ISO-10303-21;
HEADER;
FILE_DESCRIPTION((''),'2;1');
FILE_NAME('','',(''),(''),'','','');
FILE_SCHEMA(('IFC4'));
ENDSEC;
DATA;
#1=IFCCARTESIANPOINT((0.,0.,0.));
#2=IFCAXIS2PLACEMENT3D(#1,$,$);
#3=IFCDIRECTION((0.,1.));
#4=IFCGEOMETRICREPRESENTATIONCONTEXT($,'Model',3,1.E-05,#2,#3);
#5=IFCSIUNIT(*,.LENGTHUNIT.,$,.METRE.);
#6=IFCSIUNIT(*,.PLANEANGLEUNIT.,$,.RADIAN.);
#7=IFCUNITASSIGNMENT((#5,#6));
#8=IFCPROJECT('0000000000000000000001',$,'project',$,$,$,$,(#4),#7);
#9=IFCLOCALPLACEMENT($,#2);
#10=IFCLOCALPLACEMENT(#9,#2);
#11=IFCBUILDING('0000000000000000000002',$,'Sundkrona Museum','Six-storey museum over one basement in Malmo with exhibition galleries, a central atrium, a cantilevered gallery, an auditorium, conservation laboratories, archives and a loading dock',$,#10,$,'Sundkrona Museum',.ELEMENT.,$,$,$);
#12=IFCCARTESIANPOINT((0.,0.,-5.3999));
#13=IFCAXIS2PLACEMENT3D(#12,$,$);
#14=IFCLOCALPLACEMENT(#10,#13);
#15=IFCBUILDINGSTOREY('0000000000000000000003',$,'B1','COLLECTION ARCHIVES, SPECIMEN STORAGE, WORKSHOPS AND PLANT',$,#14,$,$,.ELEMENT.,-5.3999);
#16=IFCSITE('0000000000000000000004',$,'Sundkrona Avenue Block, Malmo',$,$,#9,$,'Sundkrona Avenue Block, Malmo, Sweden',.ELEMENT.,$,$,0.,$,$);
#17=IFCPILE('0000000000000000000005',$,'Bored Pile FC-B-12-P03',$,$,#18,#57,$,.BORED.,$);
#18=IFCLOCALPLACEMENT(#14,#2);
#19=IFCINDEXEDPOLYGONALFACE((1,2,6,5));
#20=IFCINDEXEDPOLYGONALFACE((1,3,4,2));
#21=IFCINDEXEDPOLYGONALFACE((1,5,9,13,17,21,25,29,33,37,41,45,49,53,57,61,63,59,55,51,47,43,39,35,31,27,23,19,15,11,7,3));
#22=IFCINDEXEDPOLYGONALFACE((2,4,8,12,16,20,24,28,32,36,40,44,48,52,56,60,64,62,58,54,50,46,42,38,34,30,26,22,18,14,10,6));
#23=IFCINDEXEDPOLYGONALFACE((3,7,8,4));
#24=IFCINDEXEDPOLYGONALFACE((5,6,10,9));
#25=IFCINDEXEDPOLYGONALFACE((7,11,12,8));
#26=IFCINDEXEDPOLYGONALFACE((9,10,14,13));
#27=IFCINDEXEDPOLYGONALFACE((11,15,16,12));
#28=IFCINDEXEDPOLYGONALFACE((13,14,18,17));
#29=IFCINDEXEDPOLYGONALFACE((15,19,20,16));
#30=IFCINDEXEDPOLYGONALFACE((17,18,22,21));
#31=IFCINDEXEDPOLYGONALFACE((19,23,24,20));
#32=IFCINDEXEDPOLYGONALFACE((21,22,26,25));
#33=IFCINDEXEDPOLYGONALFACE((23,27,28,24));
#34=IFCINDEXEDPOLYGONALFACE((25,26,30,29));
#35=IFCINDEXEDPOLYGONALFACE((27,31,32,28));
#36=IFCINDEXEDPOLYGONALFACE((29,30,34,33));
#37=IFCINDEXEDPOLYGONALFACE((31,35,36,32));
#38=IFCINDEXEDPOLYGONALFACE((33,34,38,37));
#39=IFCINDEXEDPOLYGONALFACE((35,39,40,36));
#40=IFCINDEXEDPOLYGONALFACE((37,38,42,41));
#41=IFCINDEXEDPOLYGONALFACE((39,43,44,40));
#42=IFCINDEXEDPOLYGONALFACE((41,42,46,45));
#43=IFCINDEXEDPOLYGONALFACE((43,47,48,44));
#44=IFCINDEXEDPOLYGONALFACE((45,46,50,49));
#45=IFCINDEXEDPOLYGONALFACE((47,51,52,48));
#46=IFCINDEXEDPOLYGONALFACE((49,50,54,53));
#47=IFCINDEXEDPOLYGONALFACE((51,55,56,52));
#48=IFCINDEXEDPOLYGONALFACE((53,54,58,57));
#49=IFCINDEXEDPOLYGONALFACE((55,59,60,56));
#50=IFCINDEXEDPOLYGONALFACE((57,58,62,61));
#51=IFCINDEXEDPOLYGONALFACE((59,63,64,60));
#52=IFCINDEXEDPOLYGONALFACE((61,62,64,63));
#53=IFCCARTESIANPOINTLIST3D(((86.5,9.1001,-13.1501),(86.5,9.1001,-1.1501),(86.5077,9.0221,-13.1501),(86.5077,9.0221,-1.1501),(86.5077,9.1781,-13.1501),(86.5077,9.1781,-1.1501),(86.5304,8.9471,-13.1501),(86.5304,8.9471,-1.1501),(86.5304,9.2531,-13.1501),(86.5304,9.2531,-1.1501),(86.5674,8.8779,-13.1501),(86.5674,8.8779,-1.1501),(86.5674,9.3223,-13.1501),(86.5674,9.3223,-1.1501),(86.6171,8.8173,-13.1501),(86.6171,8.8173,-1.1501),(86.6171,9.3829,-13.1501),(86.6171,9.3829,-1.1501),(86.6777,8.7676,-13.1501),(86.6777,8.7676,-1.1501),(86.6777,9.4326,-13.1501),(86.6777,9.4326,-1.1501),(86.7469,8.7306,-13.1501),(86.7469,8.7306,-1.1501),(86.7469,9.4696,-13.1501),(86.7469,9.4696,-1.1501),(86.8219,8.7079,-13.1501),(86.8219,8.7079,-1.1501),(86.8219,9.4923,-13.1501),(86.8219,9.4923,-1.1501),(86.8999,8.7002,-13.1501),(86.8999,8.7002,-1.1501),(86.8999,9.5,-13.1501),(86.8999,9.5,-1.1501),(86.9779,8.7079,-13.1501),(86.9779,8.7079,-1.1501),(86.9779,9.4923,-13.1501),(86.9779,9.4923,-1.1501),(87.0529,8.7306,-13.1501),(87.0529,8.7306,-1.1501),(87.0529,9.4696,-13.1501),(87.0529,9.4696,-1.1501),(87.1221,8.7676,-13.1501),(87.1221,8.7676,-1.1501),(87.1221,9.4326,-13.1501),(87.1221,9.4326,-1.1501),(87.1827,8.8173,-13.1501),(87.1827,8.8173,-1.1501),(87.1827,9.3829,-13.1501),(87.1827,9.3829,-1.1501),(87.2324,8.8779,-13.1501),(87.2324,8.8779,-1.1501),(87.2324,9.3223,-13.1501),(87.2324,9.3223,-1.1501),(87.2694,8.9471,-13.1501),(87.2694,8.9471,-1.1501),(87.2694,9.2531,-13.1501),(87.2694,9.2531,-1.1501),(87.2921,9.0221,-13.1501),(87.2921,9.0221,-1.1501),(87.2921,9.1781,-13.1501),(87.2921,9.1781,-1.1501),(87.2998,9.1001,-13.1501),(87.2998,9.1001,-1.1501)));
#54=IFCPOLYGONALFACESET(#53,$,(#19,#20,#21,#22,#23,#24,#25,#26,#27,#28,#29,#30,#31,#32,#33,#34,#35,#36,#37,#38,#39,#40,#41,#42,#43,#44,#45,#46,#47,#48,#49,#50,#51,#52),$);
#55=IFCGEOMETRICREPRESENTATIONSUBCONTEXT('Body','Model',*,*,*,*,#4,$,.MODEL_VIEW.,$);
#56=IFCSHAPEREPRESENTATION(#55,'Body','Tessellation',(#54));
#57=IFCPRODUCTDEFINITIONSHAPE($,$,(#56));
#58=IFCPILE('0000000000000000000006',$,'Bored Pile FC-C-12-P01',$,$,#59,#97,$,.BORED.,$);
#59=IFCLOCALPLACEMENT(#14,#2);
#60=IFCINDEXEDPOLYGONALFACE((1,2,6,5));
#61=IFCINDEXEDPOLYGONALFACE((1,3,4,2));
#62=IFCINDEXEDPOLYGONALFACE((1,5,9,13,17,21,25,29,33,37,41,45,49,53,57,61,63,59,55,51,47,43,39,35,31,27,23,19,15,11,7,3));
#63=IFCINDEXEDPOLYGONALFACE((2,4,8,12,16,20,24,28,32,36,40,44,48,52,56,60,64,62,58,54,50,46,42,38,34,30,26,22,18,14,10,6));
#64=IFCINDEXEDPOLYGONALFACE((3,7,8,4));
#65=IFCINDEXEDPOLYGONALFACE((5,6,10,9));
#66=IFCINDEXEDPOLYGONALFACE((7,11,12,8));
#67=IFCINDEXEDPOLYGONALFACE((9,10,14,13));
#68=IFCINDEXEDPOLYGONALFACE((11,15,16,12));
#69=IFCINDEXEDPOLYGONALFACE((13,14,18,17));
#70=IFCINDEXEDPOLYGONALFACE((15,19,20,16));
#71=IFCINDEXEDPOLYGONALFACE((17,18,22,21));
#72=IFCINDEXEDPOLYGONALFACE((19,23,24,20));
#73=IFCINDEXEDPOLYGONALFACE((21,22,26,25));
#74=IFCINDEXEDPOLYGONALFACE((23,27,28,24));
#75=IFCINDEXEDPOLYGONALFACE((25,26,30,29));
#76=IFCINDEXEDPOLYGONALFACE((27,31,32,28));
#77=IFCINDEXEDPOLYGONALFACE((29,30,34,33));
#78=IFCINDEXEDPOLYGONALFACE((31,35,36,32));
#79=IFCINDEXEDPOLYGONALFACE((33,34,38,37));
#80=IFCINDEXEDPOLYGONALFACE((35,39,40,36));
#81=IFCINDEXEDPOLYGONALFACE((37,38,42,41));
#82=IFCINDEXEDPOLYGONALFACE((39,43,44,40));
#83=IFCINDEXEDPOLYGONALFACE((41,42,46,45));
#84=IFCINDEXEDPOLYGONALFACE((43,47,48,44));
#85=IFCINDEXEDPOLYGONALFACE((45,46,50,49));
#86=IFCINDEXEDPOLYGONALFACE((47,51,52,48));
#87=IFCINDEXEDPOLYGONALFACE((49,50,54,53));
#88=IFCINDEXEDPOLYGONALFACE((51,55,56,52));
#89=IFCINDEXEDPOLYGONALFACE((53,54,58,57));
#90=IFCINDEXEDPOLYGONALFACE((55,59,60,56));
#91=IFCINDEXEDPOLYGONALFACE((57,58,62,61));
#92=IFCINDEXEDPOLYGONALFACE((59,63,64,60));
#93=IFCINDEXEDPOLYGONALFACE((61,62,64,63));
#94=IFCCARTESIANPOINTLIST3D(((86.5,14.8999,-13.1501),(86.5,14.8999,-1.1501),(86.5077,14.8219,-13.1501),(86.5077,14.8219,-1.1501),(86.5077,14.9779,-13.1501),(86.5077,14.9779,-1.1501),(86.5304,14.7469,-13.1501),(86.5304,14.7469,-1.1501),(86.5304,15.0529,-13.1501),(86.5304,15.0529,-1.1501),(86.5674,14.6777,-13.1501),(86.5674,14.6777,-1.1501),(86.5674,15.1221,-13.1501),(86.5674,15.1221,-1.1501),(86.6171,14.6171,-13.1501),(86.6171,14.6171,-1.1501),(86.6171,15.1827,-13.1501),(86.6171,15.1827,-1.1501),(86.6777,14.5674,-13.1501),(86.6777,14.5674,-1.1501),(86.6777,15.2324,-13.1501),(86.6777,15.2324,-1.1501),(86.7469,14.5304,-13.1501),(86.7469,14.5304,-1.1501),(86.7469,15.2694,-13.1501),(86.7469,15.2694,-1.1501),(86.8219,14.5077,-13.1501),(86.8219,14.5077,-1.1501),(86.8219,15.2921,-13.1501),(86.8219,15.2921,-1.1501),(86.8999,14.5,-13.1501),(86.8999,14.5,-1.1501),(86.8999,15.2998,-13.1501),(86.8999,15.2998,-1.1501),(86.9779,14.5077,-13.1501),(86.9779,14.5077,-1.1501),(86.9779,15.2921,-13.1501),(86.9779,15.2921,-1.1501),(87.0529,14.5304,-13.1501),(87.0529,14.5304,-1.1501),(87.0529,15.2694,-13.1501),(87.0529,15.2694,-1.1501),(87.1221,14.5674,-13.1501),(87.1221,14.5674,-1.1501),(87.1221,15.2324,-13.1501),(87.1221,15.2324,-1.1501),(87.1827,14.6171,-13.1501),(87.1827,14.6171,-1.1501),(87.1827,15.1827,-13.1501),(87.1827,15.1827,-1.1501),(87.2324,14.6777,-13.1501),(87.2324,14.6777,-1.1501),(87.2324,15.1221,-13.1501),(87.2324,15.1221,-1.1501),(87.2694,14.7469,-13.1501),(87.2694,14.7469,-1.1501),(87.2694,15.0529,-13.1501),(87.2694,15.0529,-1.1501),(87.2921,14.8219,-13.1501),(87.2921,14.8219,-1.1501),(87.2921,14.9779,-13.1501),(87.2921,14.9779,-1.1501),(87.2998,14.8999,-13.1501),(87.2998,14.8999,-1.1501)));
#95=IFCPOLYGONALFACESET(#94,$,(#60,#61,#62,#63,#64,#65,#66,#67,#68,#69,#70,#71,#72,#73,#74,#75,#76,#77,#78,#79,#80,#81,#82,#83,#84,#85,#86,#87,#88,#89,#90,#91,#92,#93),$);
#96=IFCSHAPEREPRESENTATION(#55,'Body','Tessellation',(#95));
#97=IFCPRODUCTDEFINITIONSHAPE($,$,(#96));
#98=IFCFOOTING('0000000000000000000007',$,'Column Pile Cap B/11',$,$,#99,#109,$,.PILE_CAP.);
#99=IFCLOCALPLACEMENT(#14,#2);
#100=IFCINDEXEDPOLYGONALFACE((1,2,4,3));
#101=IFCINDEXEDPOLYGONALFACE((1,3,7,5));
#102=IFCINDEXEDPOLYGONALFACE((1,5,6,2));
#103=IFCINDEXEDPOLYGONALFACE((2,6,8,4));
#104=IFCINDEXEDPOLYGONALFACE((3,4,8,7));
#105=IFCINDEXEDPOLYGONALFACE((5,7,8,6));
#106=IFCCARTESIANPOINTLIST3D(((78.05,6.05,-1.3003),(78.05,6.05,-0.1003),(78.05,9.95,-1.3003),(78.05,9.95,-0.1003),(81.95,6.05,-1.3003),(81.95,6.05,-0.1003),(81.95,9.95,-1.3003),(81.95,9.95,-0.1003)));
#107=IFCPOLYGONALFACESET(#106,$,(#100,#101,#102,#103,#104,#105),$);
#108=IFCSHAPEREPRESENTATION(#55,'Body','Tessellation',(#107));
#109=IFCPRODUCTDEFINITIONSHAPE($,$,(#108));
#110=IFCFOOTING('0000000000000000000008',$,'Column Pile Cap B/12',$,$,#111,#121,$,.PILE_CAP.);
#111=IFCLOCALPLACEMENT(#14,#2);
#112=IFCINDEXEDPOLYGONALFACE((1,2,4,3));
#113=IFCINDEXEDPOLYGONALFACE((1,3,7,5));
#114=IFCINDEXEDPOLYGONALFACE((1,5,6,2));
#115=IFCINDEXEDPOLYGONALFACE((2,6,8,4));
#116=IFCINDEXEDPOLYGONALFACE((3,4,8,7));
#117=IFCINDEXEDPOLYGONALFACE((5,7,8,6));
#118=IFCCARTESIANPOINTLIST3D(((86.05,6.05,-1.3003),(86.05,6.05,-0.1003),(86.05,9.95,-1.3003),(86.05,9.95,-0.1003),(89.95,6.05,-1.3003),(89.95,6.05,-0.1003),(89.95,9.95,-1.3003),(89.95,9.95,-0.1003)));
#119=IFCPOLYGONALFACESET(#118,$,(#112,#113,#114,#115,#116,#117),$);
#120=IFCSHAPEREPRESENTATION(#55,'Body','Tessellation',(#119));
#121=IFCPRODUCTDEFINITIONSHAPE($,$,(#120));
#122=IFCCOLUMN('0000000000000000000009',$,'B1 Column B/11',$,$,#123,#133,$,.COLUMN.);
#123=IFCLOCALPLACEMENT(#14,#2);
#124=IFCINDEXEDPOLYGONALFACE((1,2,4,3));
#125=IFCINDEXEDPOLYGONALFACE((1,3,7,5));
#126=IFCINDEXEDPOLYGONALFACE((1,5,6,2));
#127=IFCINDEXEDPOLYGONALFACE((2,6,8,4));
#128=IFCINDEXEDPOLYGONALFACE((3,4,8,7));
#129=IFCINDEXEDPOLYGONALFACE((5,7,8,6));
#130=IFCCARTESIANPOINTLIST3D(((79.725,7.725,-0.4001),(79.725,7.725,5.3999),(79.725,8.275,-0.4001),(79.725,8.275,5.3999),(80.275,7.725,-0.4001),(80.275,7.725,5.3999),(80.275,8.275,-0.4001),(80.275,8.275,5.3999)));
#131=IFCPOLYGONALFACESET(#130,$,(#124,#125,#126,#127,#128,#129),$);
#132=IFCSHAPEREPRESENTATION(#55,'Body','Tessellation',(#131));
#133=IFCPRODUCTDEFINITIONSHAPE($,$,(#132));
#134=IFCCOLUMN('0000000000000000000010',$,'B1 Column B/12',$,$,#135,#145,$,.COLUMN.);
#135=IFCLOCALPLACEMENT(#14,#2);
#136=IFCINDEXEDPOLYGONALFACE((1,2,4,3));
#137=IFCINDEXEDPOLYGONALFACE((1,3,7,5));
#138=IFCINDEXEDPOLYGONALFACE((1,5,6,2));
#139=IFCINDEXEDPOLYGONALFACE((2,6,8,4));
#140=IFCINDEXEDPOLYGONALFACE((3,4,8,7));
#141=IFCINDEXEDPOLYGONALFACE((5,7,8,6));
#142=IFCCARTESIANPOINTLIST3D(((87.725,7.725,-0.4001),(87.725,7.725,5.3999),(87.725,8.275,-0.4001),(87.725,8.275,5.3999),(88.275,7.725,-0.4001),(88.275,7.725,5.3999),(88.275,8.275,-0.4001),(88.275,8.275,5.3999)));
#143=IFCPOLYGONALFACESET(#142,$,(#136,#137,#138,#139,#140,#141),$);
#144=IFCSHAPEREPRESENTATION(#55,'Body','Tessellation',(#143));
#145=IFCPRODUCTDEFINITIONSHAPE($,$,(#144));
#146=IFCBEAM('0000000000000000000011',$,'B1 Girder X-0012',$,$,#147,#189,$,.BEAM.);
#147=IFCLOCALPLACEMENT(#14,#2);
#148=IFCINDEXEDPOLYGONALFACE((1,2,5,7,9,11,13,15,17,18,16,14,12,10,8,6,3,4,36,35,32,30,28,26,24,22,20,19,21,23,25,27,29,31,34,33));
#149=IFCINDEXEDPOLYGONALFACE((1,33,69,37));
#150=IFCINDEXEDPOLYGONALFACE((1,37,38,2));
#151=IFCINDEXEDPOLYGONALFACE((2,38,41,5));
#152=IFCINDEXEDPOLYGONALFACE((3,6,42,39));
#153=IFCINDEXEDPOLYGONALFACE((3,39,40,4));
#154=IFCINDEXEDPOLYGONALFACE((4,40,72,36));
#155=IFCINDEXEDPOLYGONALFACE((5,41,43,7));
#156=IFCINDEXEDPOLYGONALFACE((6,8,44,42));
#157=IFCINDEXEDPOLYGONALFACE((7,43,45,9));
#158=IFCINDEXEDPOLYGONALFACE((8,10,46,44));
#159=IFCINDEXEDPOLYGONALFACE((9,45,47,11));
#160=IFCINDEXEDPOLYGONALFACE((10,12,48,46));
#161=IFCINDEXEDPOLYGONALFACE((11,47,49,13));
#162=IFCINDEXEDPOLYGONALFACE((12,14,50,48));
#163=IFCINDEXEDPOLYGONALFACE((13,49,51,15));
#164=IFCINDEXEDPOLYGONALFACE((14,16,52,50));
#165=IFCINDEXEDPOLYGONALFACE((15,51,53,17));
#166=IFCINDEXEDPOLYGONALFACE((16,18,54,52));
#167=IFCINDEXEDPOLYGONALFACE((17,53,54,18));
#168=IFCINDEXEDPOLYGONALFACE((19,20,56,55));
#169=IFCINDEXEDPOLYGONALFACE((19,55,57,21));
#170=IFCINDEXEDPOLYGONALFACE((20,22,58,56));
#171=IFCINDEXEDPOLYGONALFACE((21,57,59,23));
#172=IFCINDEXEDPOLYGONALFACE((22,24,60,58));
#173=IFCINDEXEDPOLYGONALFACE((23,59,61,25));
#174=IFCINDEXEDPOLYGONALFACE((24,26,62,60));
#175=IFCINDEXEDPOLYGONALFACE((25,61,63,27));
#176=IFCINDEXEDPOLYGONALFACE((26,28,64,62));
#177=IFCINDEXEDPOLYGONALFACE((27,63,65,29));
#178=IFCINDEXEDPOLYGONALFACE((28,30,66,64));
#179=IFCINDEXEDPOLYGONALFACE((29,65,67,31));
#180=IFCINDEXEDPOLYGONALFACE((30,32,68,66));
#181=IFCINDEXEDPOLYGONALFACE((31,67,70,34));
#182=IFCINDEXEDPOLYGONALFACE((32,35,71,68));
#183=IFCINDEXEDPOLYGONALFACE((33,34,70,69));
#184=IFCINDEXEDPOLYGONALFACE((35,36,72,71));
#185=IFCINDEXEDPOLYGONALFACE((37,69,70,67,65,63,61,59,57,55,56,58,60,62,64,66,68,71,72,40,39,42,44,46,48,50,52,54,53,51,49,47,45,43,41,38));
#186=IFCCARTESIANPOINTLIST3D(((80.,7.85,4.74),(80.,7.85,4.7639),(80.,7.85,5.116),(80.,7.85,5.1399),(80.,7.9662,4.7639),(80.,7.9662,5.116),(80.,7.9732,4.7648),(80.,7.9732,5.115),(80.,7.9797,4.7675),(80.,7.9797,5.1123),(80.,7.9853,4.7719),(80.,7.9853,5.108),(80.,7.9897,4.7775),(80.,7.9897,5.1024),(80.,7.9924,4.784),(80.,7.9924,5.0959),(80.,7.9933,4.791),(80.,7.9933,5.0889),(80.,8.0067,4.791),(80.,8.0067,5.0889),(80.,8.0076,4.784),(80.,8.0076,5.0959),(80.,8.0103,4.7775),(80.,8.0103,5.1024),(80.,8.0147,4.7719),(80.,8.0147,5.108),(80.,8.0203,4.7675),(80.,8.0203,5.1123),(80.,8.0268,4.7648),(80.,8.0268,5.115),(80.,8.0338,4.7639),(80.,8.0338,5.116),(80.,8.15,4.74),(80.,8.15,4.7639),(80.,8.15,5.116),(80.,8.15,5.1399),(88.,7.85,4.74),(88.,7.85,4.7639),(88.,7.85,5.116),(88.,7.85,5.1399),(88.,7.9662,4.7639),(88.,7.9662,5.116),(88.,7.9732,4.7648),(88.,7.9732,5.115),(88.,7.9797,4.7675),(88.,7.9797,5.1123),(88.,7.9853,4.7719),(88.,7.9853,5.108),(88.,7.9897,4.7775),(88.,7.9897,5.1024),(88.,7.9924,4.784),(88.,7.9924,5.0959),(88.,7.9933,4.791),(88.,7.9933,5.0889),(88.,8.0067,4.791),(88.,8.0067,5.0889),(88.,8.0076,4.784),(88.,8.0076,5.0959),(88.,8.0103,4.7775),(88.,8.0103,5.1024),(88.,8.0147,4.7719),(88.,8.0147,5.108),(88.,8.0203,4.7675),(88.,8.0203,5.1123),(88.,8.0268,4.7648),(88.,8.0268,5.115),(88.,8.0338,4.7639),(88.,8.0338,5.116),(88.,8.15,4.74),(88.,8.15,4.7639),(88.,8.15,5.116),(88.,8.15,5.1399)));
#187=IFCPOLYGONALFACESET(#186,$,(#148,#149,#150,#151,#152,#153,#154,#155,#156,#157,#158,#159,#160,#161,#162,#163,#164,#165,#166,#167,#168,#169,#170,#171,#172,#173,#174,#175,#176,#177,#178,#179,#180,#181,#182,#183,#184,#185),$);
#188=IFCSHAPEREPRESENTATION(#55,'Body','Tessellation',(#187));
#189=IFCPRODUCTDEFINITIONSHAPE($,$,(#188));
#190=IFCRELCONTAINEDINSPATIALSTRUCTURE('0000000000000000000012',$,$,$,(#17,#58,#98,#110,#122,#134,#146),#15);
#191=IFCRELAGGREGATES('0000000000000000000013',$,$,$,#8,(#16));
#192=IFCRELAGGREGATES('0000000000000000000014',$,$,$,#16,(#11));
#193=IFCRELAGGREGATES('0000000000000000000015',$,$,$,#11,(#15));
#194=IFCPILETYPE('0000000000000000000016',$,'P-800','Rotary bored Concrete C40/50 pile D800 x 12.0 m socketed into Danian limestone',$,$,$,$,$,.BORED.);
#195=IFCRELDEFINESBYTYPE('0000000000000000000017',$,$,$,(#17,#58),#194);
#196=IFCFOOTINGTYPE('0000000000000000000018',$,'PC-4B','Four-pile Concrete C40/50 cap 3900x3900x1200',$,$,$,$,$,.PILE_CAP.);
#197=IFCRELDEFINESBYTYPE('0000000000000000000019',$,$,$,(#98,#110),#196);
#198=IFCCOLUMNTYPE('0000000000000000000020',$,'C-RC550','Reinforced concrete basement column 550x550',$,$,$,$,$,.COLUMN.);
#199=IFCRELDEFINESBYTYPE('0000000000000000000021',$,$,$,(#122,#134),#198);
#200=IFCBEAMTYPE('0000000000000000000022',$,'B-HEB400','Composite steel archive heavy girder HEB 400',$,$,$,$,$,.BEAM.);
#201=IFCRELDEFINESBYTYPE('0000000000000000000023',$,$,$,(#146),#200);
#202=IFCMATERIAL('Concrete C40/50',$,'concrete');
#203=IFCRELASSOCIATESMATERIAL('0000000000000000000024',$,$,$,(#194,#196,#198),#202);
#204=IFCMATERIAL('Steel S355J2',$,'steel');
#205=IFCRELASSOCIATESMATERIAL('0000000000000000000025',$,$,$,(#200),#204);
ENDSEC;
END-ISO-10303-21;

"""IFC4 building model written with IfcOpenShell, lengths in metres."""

from ifc_helpers import new_model, si_unit, direction, frame, origin, origin_2d, place, context, subcontext, project, spatial, rectangle, circle, i_section, extrude, material, material_profile, profile_set, type_object, element, save


model = new_model("IFC4")

# Units and contexts
model_context = context("Model", 3, precision=1e-05, world=origin(), true_north=direction((0.0, 1.0)))
body_context = subcontext(model_context, "Body", "Model", "MODEL_VIEW")
ifc_project = project(units=[si_unit("LENGTHUNIT", "METRE"), si_unit("PLANEANGLEUNIT", "RADIAN")], contexts=[model_context])

# Site, building, storey
site_placement = place(None, origin())
site = spatial("IfcSite", under=ifc_project, at=site_placement, Name="Sundkrona Avenue Block, Malmo", LongName="Sundkrona Avenue Block, Malmo, Sweden", CompositionType="ELEMENT", RefElevation=0.0)
building_placement = place(site_placement, origin())
building = spatial("IfcBuilding", under=site, at=building_placement, Name="Sundkrona Museum", Description="Six-storey museum over one basement in Malmo with exhibition galleries, a central atrium, a cantilevered gallery, an auditorium, conservation laboratories, archives and a loading dock", LongName="Sundkrona Museum", CompositionType="ELEMENT")
storey_placement = place(building_placement, frame((0.0, 0.0, -5.3999)))
storey = spatial("IfcBuildingStorey", under=building, at=storey_placement, Name="B1", Description="COLLECTION ARCHIVES, SPECIMEN STORAGE, WORKSHOPS AND PLANT", CompositionType="ELEMENT", Elevation=-5.3999)

# Shared definitions
ifc_material_1 = material(Name="Concrete C40/50", Category="concrete")

# Piles
ifc_material_profile_1 = material_profile(ifc_material_1, circle(Radius=0.3999, at=origin_2d()), Name="PILE D800")
ifc_profile_set_1 = profile_set([ifc_material_profile_1], Name="Concrete C40/50")
pile_type = type_object("IfcPileType", Name="P-800", Description="Rotary bored Concrete C40/50 pile D800 x 12.0 m socketed into Danian limestone", PredefinedType="BORED", material=ifc_profile_set_1)
for number, where, z_axis, x_axis, name in (
    (1, (86.8999, 9.1001, -1.1501), (0.0, 0.0, -1.0), (1.0, 0.0, 0.0), "Bored Pile FC-B-12-P03"),
    (2, (86.8999, 14.8999, -1.1501), (0.0, 0.0, -1.0), (1.0, 0.0, 0.0), "Bored Pile FC-C-12-P01"),
):
    element("IfcPile", number, at=place(storey_placement, frame(where, z_axis=z_axis, x_axis=x_axis)), inside=storey, type_object=pile_type, Name=name, PredefinedType="BORED", context=body_context, shape_type="SweptSolid", body=[
        extrude(circle(Radius=0.3999, at=origin_2d()), origin(), (0.0, 0.0, 1.0), 12.0),
    ])

# Footings
footing_type_1 = type_object("IfcFootingType", Name="PC-4B", Description="Four-pile Concrete C40/50 cap 3900x3900x1200", PredefinedType="PILE_CAP", material=ifc_material_1)
for number, where, z_axis, x_axis, name in (
    (3, (80.0, 8.0, -1.3003), (0.0, 0.0, 1.0), (1.0, 0.0, 0.0), "Column Pile Cap B/11"),
    (4, (88.0, 8.0, -1.3003), (0.0, 0.0, 1.0), (1.0, 0.0, 0.0), "Column Pile Cap B/12"),
):
    element("IfcFooting", number, at=place(storey_placement, frame(where, z_axis=z_axis, x_axis=x_axis)), inside=storey, type_object=footing_type_1, Name=name, PredefinedType="PILE_CAP", context=body_context, shape_type="SweptSolid", body=[
        extrude(rectangle(XDim=3.8999, YDim=3.8999, at=origin_2d()), origin(), (0.0, 0.0, 1.0), 1.2),
    ])

# Columns
ifc_material_profile_2 = material_profile(ifc_material_1, rectangle(XDim=0.55, YDim=0.55, at=origin_2d()), Name="RC 550x550")
ifc_profile_set_2 = profile_set([ifc_material_profile_2], Name="Concrete C40/50")
column_type = type_object("IfcColumnType", Name="C-RC550", Description="Reinforced concrete basement column 550x550", PredefinedType="COLUMN", material=ifc_profile_set_2)
for number, where, z_axis, x_axis, name in (
    (5, (80.0, 8.0, -0.4001), (0.0, 0.0, 1.0), (1.0, 0.0, 0.0), "B1 Column B/11"),
    (6, (88.0, 8.0, -0.4001), (0.0, 0.0, 1.0), (1.0, 0.0, 0.0), "B1 Column B/12"),
):
    element("IfcColumn", number, at=place(storey_placement, frame(where, z_axis=z_axis, x_axis=x_axis)), inside=storey, type_object=column_type, Name=name, PredefinedType="COLUMN", context=body_context, shape_type="SweptSolid", body=[
        extrude(rectangle(XDim=0.55, YDim=0.55, at=origin_2d()), origin(), (0.0, 0.0, 1.0), 5.8),
    ])

# Beam
ifc_material_2 = material(Name="Steel S355J2", Category="steel")
ifc_material_profile_3 = material_profile(ifc_material_2, i_section(OverallWidth=0.3, OverallDepth=0.3999, WebThickness=0.0134, FlangeThickness=0.0239, FilletRadius=0.0271, at=origin_2d()), Name="HEB 400")
ifc_profile_set_3 = profile_set([ifc_material_profile_3], Name="Steel S355J2")
beam_type_1 = type_object("IfcBeamType", Name="B-HEB400", Description="Composite steel archive heavy girder HEB 400", PredefinedType="BEAM", material=ifc_profile_set_3)
for number, where, z_axis, x_axis, name in (
    (7, (80.0, 8.0, 4.9399), (1.0, 0.0, 0.0), (0.0, 1.0, 0.0), "B1 Girder X-0012"),
):
    element("IfcBeam", number, at=place(storey_placement, frame(where, z_axis=z_axis, x_axis=x_axis)), inside=storey, type_object=beam_type_1, Name=name, PredefinedType="BEAM", context=body_context, shape_type="SweptSolid", body=[
        extrude(i_section(OverallWidth=0.3, OverallDepth=0.3999, WebThickness=0.0134, FlangeThickness=0.0239, FilletRadius=0.0271, at=origin_2d()), origin(), (0.0, 0.0, 1.0), 8.0),
    ])

save(model, "model.ifc")
